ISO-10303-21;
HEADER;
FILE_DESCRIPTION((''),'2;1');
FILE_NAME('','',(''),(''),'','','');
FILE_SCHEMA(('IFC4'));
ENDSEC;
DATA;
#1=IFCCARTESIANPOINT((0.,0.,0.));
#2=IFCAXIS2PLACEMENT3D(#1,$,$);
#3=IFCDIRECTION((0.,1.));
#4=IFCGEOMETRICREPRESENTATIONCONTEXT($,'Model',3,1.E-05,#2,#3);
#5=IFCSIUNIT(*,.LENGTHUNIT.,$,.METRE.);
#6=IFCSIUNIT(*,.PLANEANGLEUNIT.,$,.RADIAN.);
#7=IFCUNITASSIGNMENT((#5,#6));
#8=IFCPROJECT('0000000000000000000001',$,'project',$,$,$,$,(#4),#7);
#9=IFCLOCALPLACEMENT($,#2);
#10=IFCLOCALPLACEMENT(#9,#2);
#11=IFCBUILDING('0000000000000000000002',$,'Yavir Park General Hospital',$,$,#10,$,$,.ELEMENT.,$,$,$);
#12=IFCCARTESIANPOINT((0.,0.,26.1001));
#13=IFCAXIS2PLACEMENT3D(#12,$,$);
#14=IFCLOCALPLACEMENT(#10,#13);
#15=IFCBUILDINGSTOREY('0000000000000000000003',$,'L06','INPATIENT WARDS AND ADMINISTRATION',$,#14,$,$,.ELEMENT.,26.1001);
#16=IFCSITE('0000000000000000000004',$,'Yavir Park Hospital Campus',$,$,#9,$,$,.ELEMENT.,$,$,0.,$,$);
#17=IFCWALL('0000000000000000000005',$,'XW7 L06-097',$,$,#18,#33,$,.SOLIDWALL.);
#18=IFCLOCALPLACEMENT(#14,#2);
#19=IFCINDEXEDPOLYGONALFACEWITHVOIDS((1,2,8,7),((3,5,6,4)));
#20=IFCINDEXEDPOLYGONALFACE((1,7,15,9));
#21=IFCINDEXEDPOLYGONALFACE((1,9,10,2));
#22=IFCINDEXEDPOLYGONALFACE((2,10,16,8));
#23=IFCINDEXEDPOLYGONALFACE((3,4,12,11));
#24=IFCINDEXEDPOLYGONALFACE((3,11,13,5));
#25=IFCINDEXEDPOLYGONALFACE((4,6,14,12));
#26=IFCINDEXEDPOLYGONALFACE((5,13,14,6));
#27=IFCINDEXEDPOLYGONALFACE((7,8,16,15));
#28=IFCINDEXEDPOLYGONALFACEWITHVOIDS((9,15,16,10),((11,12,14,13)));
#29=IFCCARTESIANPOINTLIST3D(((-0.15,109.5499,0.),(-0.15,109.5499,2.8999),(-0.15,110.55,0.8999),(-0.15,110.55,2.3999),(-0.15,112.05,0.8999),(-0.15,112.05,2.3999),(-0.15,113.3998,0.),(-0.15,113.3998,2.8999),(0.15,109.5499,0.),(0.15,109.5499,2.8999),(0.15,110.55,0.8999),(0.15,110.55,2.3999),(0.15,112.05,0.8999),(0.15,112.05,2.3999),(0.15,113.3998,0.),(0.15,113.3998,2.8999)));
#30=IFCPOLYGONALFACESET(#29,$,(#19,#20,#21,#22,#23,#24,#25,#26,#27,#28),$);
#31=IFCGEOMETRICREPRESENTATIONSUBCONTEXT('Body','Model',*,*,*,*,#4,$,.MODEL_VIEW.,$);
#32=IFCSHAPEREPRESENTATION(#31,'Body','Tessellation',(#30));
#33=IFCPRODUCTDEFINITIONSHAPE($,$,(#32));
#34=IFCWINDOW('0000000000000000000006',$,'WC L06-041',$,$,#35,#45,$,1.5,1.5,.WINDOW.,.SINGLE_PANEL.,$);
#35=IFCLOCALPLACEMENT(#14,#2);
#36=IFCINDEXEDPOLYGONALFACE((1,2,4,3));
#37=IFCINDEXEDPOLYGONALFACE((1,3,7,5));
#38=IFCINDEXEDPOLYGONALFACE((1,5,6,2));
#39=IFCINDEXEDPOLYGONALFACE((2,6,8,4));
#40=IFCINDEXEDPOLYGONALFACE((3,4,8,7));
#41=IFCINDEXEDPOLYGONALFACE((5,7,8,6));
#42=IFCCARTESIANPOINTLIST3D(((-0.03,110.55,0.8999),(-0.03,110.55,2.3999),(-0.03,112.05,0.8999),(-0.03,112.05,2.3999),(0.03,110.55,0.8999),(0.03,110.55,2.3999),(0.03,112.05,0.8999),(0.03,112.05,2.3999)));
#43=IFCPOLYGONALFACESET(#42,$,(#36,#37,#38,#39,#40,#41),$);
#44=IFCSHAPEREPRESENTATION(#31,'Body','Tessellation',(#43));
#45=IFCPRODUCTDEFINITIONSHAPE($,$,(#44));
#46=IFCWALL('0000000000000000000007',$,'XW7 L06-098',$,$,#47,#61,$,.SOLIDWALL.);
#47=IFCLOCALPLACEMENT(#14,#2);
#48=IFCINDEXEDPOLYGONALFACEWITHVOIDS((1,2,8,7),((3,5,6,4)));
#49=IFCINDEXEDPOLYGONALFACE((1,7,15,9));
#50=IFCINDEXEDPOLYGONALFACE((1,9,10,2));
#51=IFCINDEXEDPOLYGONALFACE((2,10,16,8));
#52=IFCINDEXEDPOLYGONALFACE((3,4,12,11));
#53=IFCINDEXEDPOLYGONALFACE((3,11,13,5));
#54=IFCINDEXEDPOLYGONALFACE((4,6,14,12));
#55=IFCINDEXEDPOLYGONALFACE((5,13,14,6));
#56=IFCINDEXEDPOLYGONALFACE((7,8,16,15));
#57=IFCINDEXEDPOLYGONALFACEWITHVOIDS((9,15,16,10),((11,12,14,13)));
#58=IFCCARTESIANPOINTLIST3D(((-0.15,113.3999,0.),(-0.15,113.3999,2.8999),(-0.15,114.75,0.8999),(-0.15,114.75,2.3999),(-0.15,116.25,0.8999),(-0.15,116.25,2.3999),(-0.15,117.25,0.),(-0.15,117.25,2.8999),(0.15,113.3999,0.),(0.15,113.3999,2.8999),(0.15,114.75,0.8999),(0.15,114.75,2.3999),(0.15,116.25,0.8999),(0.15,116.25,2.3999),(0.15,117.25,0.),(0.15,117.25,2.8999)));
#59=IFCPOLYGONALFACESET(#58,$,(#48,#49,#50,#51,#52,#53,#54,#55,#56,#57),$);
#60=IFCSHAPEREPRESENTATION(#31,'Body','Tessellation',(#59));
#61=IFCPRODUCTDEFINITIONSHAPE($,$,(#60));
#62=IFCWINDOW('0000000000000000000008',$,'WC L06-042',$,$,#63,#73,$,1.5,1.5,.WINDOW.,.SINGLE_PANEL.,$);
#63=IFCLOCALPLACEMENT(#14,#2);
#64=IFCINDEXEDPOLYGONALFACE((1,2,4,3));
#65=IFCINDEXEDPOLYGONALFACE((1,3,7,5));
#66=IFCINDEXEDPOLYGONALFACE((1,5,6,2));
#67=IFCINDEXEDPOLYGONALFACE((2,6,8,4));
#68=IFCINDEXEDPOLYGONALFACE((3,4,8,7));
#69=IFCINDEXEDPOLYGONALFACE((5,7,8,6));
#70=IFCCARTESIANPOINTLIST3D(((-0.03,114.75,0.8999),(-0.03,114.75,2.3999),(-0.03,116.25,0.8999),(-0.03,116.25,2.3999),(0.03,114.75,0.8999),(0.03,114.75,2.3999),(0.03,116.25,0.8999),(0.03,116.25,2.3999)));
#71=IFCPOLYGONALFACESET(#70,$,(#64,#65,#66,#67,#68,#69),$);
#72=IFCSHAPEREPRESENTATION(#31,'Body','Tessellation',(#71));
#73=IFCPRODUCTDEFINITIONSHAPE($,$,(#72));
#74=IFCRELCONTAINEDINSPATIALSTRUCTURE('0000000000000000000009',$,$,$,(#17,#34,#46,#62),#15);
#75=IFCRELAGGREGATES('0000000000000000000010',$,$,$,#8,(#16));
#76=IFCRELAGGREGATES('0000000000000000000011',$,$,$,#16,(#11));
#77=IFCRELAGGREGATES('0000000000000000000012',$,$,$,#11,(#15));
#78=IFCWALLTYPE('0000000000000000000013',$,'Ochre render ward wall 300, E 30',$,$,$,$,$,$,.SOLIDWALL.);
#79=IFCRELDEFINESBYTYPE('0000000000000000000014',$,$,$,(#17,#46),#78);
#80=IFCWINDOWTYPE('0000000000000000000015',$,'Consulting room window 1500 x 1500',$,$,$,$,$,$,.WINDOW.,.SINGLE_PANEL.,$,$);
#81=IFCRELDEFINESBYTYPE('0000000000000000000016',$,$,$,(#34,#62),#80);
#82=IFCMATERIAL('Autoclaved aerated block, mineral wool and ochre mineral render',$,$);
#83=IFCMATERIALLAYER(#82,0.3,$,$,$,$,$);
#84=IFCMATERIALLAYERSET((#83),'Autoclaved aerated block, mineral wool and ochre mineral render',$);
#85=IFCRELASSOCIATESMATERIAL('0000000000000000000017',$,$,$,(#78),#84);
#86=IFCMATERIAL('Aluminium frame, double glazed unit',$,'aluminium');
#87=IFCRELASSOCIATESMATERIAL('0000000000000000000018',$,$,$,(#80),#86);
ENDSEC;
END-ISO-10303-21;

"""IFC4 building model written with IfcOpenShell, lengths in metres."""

from ifc_helpers import new_model, si_unit, direction, frame, frame_2d, origin, place, context, subcontext, project, spatial, rectangle, extrude, material, layer, layer_set, type_object, element, fill, save


model = new_model("IFC4")

# Units and contexts
model_context = context("Model", 3, precision=1e-05, world=origin(), true_north=direction((0.0, 1.0)))
body_context = subcontext(model_context, "Body", "Model", "MODEL_VIEW")
ifc_project = project(units=[si_unit("LENGTHUNIT", "METRE"), si_unit("PLANEANGLEUNIT", "RADIAN")], contexts=[model_context])

# Site, building, storey
site_placement = place(None, origin())
site = spatial("IfcSite", under=ifc_project, at=site_placement, Name="Yavir Park Hospital Campus", CompositionType="ELEMENT", RefElevation=0.0)
building_placement = place(site_placement, origin())
building = spatial("IfcBuilding", under=site, at=building_placement, Name="Yavir Park General Hospital", CompositionType="ELEMENT")
storey_placement = place(building_placement, frame((0.0, 0.0, 26.1001)))
storey = spatial("IfcBuildingStorey", under=building, at=storey_placement, Name="L06", Description="INPATIENT WARDS AND ADMINISTRATION", CompositionType="ELEMENT", Elevation=26.1001)

# Shared definitions
ifc_material_1 = material(Name="Autoclaved aerated block, mineral wool and ochre mineral render")
ifc_layer_1 = layer(ifc_material_1, 0.3)
ifc_layer_set_1 = layer_set([ifc_layer_1], Name="Autoclaved aerated block, mineral wool and ochre mineral render")
wall_type_1 = type_object("IfcWallType", Name="Ochre render ward wall 300, E 30", PredefinedType="SOLIDWALL", material=ifc_layer_set_1)
ifc_material_2 = material(Name="Aluminium frame, double glazed unit", Category="aluminium")
window_type_1 = type_object("IfcWindowType", Name="Consulting room window 1500 x 1500", PartitioningType="SINGLE_PANEL", PredefinedType="WINDOW", material=ifc_material_2)

# Walls, openings, windows
wall_1_placement = place(storey_placement, frame((0.0, 109.55, 0.0), z_axis=(0.0, 0.0, 1.0), x_axis=(0.0, 1.0, 0.0)))
wall_1 = element("IfcWall", 1, at=wall_1_placement, inside=storey, type_object=wall_type_1, Name="XW7 L06-097", PredefinedType="SOLIDWALL", context=body_context, shape_type="SweptSolid", body=[
    extrude(rectangle(XDim=3.8499, YDim=0.3, at=frame_2d((1.9248, 0.0))), origin(), (0.0, 0.0, 1.0), 2.8999),
])
opening_1_placement = place(wall_1_placement, frame((1.0, 0.0, 0.8999)))
opening_1 = element("IfcOpeningElement", 2, at=opening_1_placement, cuts=wall_1, PredefinedType="OPENING", context=body_context, shape_type="SweptSolid", body=[
    extrude(rectangle(XDim=1.5, YDim=1.5, at=frame_2d((0.75, 0.75))), frame((0.0, 0.1599, 0.0), z_axis=(0.0, -1.0, 0.0), x_axis=(1.0, 0.0, 0.0)), (0.0, 0.0, 1.0), 0.3201),
])
window_1_placement = place(opening_1_placement, origin())
window_1 = element("IfcWindow", 3, at=window_1_placement, inside=storey, type_object=window_type_1, Name="WC L06-041", OverallHeight=1.5, OverallWidth=1.5, PartitioningType="SINGLE_PANEL", PredefinedType="WINDOW", context=body_context, shape_type="SweptSolid", body=[
    extrude(rectangle(XDim=1.5, YDim=1.5, at=frame_2d((0.75, 0.75))), frame((0.0, 0.03, 0.0), z_axis=(0.0, -1.0, 0.0), x_axis=(1.0, 0.0, 0.0)), (0.0, 0.0, 1.0), 0.0601),
])
fill(opening_1, window_1)
wall_2_placement = place(storey_placement, frame((0.0, 113.3999, 0.0), z_axis=(0.0, 0.0, 1.0), x_axis=(0.0, 1.0, 0.0)))
wall_2 = element("IfcWall", 4, at=wall_2_placement, inside=storey, type_object=wall_type_1, Name="XW7 L06-098", PredefinedType="SOLIDWALL", context=body_context, shape_type="SweptSolid", body=[
    extrude(rectangle(XDim=3.8501, YDim=0.3, at=frame_2d((1.925, 0.0))), origin(), (0.0, 0.0, 1.0), 2.8999),
])
opening_2_placement = place(wall_2_placement, frame((1.3501, 0.0, 0.8999)))
opening_2 = element("IfcOpeningElement", 5, at=opening_2_placement, cuts=wall_2, PredefinedType="OPENING", context=body_context, shape_type="SweptSolid", body=[
    extrude(rectangle(XDim=1.5, YDim=1.5, at=frame_2d((0.75, 0.75))), frame((0.0, 0.1599, 0.0), z_axis=(0.0, -1.0, 0.0), x_axis=(1.0, 0.0, 0.0)), (0.0, 0.0, 1.0), 0.3201),
])
window_2_placement = place(opening_2_placement, origin())
window_2 = element("IfcWindow", 6, at=window_2_placement, inside=storey, type_object=window_type_1, Name="WC L06-042", OverallHeight=1.5, OverallWidth=1.5, PartitioningType="SINGLE_PANEL", PredefinedType="WINDOW", context=body_context, shape_type="SweptSolid", body=[
    extrude(rectangle(XDim=1.5, YDim=1.5, at=frame_2d((0.75, 0.75))), frame((0.0, 0.03, 0.0), z_axis=(0.0, -1.0, 0.0), x_axis=(1.0, 0.0, 0.0)), (0.0, 0.0, 1.0), 0.0601),
])
fill(opening_2, window_2)

save(model, "model.ifc")
